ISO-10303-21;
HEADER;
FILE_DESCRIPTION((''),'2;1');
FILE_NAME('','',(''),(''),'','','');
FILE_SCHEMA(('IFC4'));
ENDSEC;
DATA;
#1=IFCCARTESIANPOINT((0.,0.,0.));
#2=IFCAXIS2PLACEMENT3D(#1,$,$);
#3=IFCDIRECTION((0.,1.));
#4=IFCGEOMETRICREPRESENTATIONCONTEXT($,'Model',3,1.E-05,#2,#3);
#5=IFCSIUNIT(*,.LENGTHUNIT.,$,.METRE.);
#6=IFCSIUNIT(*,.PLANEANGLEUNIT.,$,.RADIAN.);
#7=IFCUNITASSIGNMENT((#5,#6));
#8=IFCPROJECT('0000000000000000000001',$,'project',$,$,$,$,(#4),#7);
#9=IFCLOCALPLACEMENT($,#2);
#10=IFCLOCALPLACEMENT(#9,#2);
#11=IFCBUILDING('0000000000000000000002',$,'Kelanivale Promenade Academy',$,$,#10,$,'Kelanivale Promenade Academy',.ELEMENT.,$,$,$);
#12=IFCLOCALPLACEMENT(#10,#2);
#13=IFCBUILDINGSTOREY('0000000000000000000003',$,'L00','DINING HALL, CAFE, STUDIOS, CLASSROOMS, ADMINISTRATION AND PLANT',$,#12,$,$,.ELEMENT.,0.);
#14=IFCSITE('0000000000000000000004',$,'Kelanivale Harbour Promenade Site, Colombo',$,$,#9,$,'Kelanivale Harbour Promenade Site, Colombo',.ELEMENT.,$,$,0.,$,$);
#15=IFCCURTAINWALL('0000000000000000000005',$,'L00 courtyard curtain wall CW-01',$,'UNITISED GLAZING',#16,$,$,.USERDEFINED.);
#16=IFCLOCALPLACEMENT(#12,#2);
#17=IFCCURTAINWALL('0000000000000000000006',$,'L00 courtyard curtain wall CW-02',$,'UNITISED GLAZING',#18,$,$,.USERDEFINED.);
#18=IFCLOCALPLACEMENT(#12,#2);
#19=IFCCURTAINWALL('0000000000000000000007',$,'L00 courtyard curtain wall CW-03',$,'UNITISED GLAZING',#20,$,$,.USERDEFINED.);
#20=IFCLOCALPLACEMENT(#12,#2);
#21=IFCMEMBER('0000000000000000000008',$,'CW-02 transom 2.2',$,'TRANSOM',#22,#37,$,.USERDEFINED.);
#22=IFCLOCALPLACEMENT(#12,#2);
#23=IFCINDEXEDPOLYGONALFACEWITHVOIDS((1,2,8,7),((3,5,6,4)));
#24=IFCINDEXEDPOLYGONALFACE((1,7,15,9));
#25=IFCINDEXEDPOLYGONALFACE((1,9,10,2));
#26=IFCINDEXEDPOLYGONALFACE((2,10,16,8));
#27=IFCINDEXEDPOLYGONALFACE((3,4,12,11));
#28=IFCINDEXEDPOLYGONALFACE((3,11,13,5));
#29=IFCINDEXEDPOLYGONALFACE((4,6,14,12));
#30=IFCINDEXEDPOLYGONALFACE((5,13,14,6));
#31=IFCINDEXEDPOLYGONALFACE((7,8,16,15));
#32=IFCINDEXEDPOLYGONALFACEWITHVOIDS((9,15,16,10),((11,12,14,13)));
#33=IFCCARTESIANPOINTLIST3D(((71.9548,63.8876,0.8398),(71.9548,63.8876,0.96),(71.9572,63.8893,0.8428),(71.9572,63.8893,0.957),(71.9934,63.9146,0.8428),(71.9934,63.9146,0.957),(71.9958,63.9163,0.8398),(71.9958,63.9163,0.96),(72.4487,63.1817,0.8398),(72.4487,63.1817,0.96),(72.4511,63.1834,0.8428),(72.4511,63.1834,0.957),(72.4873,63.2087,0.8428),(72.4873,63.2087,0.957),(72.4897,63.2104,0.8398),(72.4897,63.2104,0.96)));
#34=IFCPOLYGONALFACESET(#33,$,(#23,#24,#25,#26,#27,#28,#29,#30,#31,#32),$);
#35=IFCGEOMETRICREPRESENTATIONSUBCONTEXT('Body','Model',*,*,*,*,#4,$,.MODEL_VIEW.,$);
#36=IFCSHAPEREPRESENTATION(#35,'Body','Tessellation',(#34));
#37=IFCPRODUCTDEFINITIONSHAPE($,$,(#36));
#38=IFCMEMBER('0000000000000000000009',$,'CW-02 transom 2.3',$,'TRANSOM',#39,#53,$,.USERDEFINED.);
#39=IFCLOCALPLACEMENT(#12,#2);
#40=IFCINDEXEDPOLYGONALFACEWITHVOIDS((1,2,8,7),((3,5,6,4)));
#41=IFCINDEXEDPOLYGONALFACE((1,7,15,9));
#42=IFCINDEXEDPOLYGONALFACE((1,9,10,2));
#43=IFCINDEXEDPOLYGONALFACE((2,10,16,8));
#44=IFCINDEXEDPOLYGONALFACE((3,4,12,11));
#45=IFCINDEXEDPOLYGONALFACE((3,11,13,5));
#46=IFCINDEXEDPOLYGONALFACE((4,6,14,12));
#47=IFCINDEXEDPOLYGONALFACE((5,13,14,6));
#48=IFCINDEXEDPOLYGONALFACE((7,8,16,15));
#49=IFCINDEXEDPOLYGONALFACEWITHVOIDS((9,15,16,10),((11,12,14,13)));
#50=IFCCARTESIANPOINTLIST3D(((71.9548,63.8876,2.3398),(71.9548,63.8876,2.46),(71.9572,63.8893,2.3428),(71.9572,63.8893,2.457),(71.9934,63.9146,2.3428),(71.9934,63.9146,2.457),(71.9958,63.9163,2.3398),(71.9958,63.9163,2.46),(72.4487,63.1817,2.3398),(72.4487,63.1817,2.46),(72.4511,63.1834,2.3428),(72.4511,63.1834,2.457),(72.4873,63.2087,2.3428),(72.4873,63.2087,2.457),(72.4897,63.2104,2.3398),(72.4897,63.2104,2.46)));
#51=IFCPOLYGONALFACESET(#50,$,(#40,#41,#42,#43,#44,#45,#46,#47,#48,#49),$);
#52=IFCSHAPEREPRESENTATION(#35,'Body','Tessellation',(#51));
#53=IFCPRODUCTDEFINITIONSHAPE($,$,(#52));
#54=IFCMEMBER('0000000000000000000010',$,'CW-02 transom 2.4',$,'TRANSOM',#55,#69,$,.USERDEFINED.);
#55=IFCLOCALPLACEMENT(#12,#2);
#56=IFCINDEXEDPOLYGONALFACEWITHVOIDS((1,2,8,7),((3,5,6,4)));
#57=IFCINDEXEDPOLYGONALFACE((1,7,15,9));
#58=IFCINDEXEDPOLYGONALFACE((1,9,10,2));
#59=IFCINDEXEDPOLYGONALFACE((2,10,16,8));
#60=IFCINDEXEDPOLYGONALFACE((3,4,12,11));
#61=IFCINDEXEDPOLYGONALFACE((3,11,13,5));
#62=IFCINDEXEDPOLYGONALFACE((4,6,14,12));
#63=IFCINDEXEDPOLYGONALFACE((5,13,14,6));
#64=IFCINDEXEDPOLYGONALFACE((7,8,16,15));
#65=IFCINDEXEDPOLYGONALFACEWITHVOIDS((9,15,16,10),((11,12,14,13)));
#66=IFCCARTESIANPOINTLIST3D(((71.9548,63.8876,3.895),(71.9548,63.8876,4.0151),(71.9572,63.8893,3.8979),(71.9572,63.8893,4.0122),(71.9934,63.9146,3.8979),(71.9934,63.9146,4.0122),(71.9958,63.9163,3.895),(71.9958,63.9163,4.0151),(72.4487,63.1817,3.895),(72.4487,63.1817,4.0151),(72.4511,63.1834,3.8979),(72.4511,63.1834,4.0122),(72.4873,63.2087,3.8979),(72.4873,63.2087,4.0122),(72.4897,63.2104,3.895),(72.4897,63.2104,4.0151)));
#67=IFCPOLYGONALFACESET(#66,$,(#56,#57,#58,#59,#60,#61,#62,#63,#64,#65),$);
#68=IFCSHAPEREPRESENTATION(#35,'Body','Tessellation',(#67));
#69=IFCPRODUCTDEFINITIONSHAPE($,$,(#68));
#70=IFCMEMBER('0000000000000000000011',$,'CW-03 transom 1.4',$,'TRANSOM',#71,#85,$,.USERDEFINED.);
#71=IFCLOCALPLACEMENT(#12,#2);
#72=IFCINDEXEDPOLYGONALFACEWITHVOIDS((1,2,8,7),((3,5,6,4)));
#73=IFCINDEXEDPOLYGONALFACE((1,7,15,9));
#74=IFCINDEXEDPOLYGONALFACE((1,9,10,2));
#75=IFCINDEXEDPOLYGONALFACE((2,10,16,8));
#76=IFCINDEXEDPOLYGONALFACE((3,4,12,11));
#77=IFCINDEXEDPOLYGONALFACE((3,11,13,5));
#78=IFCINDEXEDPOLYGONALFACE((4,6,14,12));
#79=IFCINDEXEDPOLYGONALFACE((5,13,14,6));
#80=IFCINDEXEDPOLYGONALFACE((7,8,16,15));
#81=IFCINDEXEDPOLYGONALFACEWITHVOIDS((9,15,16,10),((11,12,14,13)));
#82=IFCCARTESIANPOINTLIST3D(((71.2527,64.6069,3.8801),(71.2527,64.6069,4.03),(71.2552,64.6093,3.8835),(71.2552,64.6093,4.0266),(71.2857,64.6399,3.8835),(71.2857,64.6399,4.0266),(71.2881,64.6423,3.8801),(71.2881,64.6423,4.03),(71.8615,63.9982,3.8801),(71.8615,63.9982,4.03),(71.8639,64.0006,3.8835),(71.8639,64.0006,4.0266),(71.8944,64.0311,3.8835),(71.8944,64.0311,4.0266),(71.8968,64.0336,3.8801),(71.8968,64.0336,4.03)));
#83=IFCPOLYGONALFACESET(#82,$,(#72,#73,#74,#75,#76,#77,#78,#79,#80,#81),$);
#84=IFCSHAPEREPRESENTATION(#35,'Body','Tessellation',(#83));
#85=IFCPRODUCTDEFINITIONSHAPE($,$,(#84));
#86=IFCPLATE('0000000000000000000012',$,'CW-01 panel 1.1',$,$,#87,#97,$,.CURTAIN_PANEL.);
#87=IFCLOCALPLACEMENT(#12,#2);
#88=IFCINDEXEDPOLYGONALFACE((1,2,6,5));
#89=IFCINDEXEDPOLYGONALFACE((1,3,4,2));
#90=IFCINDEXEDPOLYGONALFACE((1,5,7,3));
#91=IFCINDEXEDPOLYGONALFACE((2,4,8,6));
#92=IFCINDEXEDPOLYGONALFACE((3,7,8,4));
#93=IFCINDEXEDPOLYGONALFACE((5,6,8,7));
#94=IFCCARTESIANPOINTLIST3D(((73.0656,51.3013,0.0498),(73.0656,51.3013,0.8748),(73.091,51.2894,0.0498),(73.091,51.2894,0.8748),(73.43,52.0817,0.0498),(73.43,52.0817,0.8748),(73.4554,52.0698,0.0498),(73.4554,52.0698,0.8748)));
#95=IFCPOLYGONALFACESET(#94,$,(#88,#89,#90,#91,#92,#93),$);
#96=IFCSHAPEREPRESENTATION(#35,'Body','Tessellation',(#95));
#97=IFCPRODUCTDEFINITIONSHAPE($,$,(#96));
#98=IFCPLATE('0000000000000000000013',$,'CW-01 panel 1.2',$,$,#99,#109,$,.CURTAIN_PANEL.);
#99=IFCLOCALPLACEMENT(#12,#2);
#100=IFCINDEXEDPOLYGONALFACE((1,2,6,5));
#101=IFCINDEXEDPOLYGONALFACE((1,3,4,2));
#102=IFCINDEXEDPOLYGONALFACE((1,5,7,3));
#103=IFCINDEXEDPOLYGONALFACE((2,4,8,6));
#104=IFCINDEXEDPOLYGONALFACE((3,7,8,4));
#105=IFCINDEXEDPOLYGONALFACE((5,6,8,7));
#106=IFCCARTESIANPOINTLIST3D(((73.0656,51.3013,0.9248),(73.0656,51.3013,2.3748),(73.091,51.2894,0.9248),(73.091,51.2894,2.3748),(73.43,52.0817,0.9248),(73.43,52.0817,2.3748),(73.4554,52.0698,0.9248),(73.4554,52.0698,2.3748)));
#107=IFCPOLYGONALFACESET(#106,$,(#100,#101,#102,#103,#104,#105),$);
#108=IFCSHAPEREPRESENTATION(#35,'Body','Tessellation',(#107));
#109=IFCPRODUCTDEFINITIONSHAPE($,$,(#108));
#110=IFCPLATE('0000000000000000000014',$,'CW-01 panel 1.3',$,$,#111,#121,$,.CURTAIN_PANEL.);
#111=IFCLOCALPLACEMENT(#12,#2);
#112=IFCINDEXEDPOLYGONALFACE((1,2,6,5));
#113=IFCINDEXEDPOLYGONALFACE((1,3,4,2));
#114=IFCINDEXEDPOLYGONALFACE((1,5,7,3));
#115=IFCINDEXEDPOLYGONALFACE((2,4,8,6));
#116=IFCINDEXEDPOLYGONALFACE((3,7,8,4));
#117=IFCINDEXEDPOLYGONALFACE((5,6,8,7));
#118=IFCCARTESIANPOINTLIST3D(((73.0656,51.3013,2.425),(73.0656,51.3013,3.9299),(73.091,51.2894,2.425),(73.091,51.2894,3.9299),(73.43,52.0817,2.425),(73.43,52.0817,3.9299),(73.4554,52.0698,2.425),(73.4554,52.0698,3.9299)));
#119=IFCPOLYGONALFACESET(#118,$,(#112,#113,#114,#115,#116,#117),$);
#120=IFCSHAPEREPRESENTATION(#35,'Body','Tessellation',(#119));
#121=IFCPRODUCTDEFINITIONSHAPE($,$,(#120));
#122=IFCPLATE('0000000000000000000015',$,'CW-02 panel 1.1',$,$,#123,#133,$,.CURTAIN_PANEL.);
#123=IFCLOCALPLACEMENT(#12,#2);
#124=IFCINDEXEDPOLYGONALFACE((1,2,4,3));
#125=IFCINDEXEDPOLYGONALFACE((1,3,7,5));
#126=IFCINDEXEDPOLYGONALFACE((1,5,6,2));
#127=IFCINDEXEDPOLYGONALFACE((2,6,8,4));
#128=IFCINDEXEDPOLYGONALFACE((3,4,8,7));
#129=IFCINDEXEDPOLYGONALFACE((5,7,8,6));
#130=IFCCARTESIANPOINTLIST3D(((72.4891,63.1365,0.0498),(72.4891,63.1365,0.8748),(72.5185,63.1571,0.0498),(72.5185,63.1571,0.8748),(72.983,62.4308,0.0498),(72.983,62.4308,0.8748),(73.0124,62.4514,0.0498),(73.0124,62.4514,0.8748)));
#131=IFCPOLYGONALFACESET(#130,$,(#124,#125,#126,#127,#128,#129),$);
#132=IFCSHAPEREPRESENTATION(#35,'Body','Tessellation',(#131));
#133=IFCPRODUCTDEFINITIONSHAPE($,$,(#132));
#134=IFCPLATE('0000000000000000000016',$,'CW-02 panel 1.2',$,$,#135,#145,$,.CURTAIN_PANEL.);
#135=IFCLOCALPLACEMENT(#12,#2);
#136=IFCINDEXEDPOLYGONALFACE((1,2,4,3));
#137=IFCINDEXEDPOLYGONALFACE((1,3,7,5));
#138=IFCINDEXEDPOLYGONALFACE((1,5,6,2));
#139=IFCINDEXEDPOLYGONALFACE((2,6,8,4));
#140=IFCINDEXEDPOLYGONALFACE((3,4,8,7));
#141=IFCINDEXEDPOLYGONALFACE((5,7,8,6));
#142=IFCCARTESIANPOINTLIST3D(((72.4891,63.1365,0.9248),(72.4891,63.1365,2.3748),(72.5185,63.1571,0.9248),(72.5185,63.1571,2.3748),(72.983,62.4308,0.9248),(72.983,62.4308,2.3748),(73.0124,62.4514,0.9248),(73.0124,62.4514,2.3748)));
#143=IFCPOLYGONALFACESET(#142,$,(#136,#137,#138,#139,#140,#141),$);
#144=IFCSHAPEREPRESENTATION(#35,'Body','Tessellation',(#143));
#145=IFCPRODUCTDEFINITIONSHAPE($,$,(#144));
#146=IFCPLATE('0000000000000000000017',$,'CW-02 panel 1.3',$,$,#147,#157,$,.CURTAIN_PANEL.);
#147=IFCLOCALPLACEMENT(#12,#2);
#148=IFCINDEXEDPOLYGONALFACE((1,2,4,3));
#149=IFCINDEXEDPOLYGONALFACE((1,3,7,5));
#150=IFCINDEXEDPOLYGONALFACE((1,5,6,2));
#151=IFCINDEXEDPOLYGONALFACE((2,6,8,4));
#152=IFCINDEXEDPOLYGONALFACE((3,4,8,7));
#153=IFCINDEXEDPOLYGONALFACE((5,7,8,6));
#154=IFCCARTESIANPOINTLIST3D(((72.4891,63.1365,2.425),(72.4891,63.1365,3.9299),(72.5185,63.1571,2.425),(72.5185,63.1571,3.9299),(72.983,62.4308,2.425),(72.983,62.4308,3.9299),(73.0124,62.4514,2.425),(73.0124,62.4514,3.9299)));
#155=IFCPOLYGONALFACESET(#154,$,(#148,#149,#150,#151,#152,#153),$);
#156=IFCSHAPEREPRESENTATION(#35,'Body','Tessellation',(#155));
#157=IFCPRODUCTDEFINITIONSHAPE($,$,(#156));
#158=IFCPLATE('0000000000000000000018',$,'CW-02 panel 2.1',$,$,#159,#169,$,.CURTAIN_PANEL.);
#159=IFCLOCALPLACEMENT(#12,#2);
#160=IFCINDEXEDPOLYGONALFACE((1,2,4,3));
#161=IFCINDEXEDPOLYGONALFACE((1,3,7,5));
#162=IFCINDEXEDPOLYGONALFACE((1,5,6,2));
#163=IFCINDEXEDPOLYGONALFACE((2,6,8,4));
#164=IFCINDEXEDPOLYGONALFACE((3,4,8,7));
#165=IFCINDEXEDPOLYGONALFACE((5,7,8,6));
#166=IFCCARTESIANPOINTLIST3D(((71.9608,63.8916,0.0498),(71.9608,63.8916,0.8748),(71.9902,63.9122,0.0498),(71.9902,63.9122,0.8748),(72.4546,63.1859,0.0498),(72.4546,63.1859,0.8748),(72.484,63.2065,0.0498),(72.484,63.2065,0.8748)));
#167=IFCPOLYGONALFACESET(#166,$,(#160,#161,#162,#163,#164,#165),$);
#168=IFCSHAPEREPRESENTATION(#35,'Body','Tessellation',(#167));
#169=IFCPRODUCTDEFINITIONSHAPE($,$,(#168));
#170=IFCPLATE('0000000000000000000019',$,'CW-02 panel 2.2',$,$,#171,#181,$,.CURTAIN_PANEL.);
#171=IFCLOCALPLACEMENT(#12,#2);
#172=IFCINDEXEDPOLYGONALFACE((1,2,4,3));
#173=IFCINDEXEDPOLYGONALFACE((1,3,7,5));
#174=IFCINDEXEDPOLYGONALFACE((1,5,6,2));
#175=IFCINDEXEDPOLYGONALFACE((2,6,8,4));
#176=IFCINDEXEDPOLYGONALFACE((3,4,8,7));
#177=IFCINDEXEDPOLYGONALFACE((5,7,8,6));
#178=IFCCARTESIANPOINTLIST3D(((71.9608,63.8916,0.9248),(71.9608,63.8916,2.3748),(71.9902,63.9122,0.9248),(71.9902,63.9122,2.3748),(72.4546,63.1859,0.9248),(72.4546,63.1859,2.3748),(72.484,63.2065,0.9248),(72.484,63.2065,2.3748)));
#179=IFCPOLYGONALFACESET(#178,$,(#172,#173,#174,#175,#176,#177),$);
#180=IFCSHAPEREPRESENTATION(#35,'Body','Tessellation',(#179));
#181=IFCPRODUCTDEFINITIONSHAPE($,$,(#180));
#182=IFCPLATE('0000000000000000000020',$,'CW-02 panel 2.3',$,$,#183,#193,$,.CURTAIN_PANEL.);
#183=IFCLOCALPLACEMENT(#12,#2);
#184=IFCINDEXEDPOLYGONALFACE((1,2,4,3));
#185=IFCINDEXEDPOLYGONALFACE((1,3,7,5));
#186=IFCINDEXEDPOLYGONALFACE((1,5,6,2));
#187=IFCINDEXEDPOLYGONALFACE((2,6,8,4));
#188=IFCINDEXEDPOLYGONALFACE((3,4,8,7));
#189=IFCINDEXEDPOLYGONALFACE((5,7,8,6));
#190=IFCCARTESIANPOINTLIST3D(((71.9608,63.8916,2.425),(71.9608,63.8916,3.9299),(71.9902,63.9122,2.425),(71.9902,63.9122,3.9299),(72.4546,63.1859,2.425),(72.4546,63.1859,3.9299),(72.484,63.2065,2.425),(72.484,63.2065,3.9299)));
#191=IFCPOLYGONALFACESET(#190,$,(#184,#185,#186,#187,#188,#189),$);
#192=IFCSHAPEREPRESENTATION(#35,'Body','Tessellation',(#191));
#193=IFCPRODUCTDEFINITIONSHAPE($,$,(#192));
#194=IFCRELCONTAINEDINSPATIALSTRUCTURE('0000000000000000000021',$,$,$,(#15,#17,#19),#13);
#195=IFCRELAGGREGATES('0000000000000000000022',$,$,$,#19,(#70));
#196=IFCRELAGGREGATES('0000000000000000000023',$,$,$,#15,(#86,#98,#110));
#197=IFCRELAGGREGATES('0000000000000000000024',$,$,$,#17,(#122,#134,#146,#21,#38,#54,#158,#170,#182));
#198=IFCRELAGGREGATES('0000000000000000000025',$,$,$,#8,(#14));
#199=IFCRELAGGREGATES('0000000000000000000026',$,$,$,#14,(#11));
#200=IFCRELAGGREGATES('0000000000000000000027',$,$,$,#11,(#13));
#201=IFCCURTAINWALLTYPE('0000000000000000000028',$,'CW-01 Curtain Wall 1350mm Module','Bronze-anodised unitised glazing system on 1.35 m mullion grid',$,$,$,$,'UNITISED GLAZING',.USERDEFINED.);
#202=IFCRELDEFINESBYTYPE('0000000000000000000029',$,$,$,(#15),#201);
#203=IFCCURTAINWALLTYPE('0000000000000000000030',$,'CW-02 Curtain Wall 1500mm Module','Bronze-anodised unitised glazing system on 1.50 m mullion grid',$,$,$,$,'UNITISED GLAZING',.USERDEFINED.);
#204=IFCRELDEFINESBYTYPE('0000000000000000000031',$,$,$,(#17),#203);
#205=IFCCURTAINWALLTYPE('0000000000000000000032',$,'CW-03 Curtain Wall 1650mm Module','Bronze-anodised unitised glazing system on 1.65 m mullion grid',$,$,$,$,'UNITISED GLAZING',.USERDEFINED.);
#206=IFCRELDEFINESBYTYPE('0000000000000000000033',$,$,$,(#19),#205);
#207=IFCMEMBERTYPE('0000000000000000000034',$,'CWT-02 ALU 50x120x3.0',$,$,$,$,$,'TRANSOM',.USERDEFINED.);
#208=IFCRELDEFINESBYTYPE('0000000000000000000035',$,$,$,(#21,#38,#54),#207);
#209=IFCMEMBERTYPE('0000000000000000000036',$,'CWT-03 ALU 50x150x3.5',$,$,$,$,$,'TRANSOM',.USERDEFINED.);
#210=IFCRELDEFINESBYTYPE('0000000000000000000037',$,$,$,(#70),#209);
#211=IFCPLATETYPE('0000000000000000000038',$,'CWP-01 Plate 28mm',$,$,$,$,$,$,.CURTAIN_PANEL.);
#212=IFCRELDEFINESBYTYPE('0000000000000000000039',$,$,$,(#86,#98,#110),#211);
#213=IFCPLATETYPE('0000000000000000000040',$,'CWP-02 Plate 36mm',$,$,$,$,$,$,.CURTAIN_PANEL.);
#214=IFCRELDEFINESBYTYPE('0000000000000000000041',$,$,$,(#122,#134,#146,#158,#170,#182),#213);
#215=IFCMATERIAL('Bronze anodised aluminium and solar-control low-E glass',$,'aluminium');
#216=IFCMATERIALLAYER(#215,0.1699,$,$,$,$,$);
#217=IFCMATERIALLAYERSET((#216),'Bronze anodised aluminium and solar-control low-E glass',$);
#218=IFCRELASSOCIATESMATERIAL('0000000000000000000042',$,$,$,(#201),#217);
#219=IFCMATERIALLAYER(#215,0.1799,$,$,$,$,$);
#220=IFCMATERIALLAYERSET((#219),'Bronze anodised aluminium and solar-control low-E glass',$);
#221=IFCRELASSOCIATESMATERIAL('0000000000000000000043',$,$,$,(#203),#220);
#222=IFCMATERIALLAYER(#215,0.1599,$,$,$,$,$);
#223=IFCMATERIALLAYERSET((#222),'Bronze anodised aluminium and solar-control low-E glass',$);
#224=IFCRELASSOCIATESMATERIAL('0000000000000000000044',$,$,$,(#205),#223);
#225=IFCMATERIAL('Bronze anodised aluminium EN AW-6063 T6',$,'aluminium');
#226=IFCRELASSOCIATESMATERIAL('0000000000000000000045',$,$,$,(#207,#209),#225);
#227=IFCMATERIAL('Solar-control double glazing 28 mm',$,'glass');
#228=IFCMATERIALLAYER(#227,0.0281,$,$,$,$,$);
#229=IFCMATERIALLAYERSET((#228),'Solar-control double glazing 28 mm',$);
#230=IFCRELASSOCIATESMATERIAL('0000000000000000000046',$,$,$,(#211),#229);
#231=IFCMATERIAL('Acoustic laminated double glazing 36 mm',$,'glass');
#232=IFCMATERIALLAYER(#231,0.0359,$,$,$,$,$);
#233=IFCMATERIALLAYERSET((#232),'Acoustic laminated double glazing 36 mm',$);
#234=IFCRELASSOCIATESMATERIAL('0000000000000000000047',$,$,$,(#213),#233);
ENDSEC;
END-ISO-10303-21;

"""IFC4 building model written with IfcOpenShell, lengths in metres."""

from ifc_helpers import new_model, si_unit, direction, frame, origin, origin_2d, place, context, subcontext, project, spatial, rectangle, hollow_rectangle, extrude, material, layer, layer_set, material_profile, profile_set, type_object, element, aggregate, save


model = new_model("IFC4")

# Units and contexts
model_context = context("Model", 3, precision=1e-05, world=origin(), true_north=direction((0.0, 1.0)))
body_context = subcontext(model_context, "Body", "Model", "MODEL_VIEW")
ifc_project = project(units=[si_unit("LENGTHUNIT", "METRE"), si_unit("PLANEANGLEUNIT", "RADIAN")], contexts=[model_context])

# Site, building, storey
site_placement = place(None, origin())
site = spatial("IfcSite", under=ifc_project, at=site_placement, Name="Kelanivale Harbour Promenade Site, Colombo", LongName="Kelanivale Harbour Promenade Site, Colombo", CompositionType="ELEMENT", RefElevation=0.0)
building_placement = place(site_placement, origin())
building = spatial("IfcBuilding", under=site, at=building_placement, Name="Kelanivale Promenade Academy", LongName="Kelanivale Promenade Academy", CompositionType="ELEMENT")
storey_placement = place(building_placement, origin())
storey = spatial("IfcBuildingStorey", under=building, at=storey_placement, Name="L00", Description="DINING HALL, CAFE, STUDIOS, CLASSROOMS, ADMINISTRATION AND PLANT", CompositionType="ELEMENT", Elevation=0.0)

# Curtain wall
ifc_material_1 = material(Name="Bronze anodised aluminium and solar-control low-E glass", Category="aluminium")
ifc_layer_1 = layer(ifc_material_1, 0.1699)
ifc_layer_set_1 = layer_set([ifc_layer_1], Name="Bronze anodised aluminium and solar-control low-E glass")
curtain_wall_type_1 = type_object("IfcCurtainWallType", Name="CW-01 Curtain Wall 1350mm Module", Description="Bronze-anodised unitised glazing system on 1.35 m mullion grid", ElementType="UNITISED GLAZING", PredefinedType="USERDEFINED", material=ifc_layer_set_1)
curtain_wall_1_placement = place(storey_placement, origin())
curtain_wall_1 = element("IfcCurtainWall", 1, at=curtain_wall_1_placement, inside=storey, type_object=curtain_wall_type_1, Name="L00 courtyard curtain wall CW-01", ObjectType="UNITISED GLAZING", PredefinedType="USERDEFINED")
ifc_material_2 = material(Name="Bronze anodised aluminium EN AW-6063 T6", Category="aluminium")

# Curtain wall
ifc_layer_2 = layer(ifc_material_1, 0.1799)
ifc_layer_set_2 = layer_set([ifc_layer_2], Name="Bronze anodised aluminium and solar-control low-E glass")
curtain_wall_type_2 = type_object("IfcCurtainWallType", Name="CW-02 Curtain Wall 1500mm Module", Description="Bronze-anodised unitised glazing system on 1.50 m mullion grid", ElementType="UNITISED GLAZING", PredefinedType="USERDEFINED", material=ifc_layer_set_2)
curtain_wall_2_placement = place(storey_placement, origin())
curtain_wall_2 = element("IfcCurtainWall", 2, at=curtain_wall_2_placement, inside=storey, type_object=curtain_wall_type_2, Name="L00 courtyard curtain wall CW-02", ObjectType="UNITISED GLAZING", PredefinedType="USERDEFINED")

# Curtain wall
ifc_layer_3 = layer(ifc_material_1, 0.1599)
ifc_layer_set_3 = layer_set([ifc_layer_3], Name="Bronze anodised aluminium and solar-control low-E glass")
curtain_wall_type_3 = type_object("IfcCurtainWallType", Name="CW-03 Curtain Wall 1650mm Module", Description="Bronze-anodised unitised glazing system on 1.65 m mullion grid", ElementType="UNITISED GLAZING", PredefinedType="USERDEFINED", material=ifc_layer_set_3)
curtain_wall_3_placement = place(storey_placement, origin())
curtain_wall_3 = element("IfcCurtainWall", 3, at=curtain_wall_3_placement, inside=storey, type_object=curtain_wall_type_3, Name="L00 courtyard curtain wall CW-03", ObjectType="UNITISED GLAZING", PredefinedType="USERDEFINED")

# Members
ifc_material_profile_1 = material_profile(ifc_material_2, hollow_rectangle(XDim=0.05, YDim=0.1201, WallThickness=0.0029, at=origin_2d()), Name="ALU 50x120x3.0")
ifc_profile_set_1 = profile_set([ifc_material_profile_1], Name="Bronze anodised aluminium EN AW-6063 T6")
member_type_1 = type_object("IfcMemberType", Name="CWT-02 ALU 50x120x3.0", ElementType="TRANSOM", PredefinedType="USERDEFINED", material=ifc_profile_set_1)
member_1_placement = place(storey_placement, frame((72.4692, 63.196, 0.8999), z_axis=(-0.573329, 0.819325, 0.0), x_axis=(-0.819325, -0.573329, 0.0)))
member_1 = element("IfcMember", 4, at=member_1_placement, type_object=member_type_1, Name="CW-02 transom 2.2", ObjectType="TRANSOM", PredefinedType="USERDEFINED", context=body_context, shape_type="SweptSolid", body=[
    extrude(hollow_rectangle(XDim=0.05, YDim=0.1201, WallThickness=0.0029, at=origin_2d()), origin(), (0.0, 0.0, 1.0), 0.8616),
])
member_2_placement = place(storey_placement, frame((72.4692, 63.196, 2.3999), z_axis=(-0.573329, 0.819325, 0.0), x_axis=(-0.819325, -0.573329, 0.0)))
member_2 = element("IfcMember", 5, at=member_2_placement, type_object=member_type_1, Name="CW-02 transom 2.3", ObjectType="TRANSOM", PredefinedType="USERDEFINED", context=body_context, shape_type="SweptSolid", body=[
    extrude(hollow_rectangle(XDim=0.05, YDim=0.1201, WallThickness=0.0029, at=origin_2d()), origin(), (0.0, 0.0, 1.0), 0.8616),
])
member_3_placement = place(storey_placement, frame((72.4692, 63.196, 3.9551), z_axis=(-0.573329, 0.819325, 0.0), x_axis=(-0.819325, -0.573329, 0.0)))
member_3 = element("IfcMember", 6, at=member_3_placement, type_object=member_type_1, Name="CW-02 transom 2.4", ObjectType="TRANSOM", PredefinedType="USERDEFINED", context=body_context, shape_type="SweptSolid", body=[
    extrude(hollow_rectangle(XDim=0.05, YDim=0.1201, WallThickness=0.0029, at=origin_2d()), origin(), (0.0, 0.0, 1.0), 0.8616),
])
ifc_material_profile_2 = material_profile(ifc_material_2, hollow_rectangle(XDim=0.05, YDim=0.1499, WallThickness=0.0034, at=origin_2d()), Name="ALU 50x150x3.5")
ifc_profile_set_2 = profile_set([ifc_material_profile_2], Name="Bronze anodised aluminium EN AW-6063 T6")
member_type_2 = type_object("IfcMemberType", Name="CWT-03 ALU 50x150x3.5", ElementType="TRANSOM", PredefinedType="USERDEFINED", material=ifc_profile_set_2)
member_4_placement = place(storey_placement, frame((71.8792, 64.0159, 3.9551), z_axis=(-0.707107, 0.707107, 0.0), x_axis=(-0.707107, -0.707107, 0.0)))
member_4 = element("IfcMember", 7, at=member_4_placement, type_object=member_type_2, Name="CW-03 transom 1.4", ObjectType="TRANSOM", PredefinedType="USERDEFINED", context=body_context, shape_type="SweptSolid", body=[
    extrude(hollow_rectangle(XDim=0.05, YDim=0.1499, WallThickness=0.0034, at=origin_2d()), origin(), (0.0, 0.0, 1.0), 0.8608),
])
aggregate(curtain_wall_3, [member_4])

# Plates
ifc_material_3 = material(Name="Solar-control double glazing 28 mm", Category="glass")
ifc_layer_4 = layer(ifc_material_3, 0.0281)
ifc_layer_set_4 = layer_set([ifc_layer_4], Name="Solar-control double glazing 28 mm")
plate_type_1 = type_object("IfcPlateType", Name="CWP-01 Plate 28mm", PredefinedType="CURTAIN_PANEL", material=ifc_layer_set_4)
plate_1_placement = place(storey_placement, frame((73.2605, 51.6855, 0.0498), z_axis=(0.0, 0.0, 1.0), x_axis=(0.423087, 0.906089, 0.0)))
plate_1 = element("IfcPlate", 8, at=plate_1_placement, type_object=plate_type_1, Name="CW-01 panel 1.1", PredefinedType="CURTAIN_PANEL", context=body_context, shape_type="SweptSolid", body=[
    extrude(rectangle(XDim=0.8613, YDim=0.0281, at=origin_2d()), origin(), (0.0, 0.0, 1.0), 0.825),
])
plate_2_placement = place(storey_placement, frame((73.2605, 51.6855, 0.9248), z_axis=(0.0, 0.0, 1.0), x_axis=(0.423087, 0.906089, 0.0)))
plate_2 = element("IfcPlate", 9, at=plate_2_placement, type_object=plate_type_1, Name="CW-01 panel 1.2", PredefinedType="CURTAIN_PANEL", context=body_context, shape_type="SweptSolid", body=[
    extrude(rectangle(XDim=0.8613, YDim=0.0281, at=origin_2d()), origin(), (0.0, 0.0, 1.0), 1.45),
])
plate_3_placement = place(storey_placement, frame((73.2605, 51.6855, 2.425), z_axis=(0.0, 0.0, 1.0), x_axis=(0.423087, 0.906089, 0.0)))
plate_3 = element("IfcPlate", 10, at=plate_3_placement, type_object=plate_type_1, Name="CW-01 panel 1.3", PredefinedType="CURTAIN_PANEL", context=body_context, shape_type="SweptSolid", body=[
    extrude(rectangle(XDim=0.8613, YDim=0.0281, at=origin_2d()), origin(), (0.0, 0.0, 1.0), 1.5049),
])
aggregate(curtain_wall_1, [plate_1, plate_2, plate_3])
ifc_material_4 = material(Name="Acoustic laminated double glazing 36 mm", Category="glass")
ifc_layer_5 = layer(ifc_material_4, 0.0359)
ifc_layer_set_5 = layer_set([ifc_layer_5], Name="Acoustic laminated double glazing 36 mm")
plate_type_2 = type_object("IfcPlateType", Name="CWP-02 Plate 36mm", PredefinedType="CURTAIN_PANEL", material=ifc_layer_set_5)
plate_4_placement = place(storey_placement, frame((72.7507, 62.7939, 0.0498), z_axis=(0.0, 0.0, 1.0), x_axis=(-0.573357, 0.819306, 0.0)))
plate_4 = element("IfcPlate", 11, at=plate_4_placement, type_object=plate_type_2, Name="CW-02 panel 1.1", PredefinedType="CURTAIN_PANEL", context=body_context, shape_type="SweptSolid", body=[
    extrude(rectangle(XDim=0.8613, YDim=0.0359, at=origin_2d()), origin(), (0.0, 0.0, 1.0), 0.825),
])
plate_5_placement = place(storey_placement, frame((72.7507, 62.7939, 0.9248), z_axis=(0.0, 0.0, 1.0), x_axis=(-0.573357, 0.819306, 0.0)))
plate_5 = element("IfcPlate", 12, at=plate_5_placement, type_object=plate_type_2, Name="CW-02 panel 1.2", PredefinedType="CURTAIN_PANEL", context=body_context, shape_type="SweptSolid", body=[
    extrude(rectangle(XDim=0.8613, YDim=0.0359, at=origin_2d()), origin(), (0.0, 0.0, 1.0), 1.45),
])
plate_6_placement = place(storey_placement, frame((72.7507, 62.7939, 2.425), z_axis=(0.0, 0.0, 1.0), x_axis=(-0.573357, 0.819306, 0.0)))
plate_6 = element("IfcPlate", 13, at=plate_6_placement, type_object=plate_type_2, Name="CW-02 panel 1.3", PredefinedType="CURTAIN_PANEL", context=body_context, shape_type="SweptSolid", body=[
    extrude(rectangle(XDim=0.8613, YDim=0.0359, at=origin_2d()), origin(), (0.0, 0.0, 1.0), 1.5049),
])
plate_7_placement = place(storey_placement, frame((72.2224, 63.5491, 0.0498), z_axis=(0.0, 0.0, 1.0), x_axis=(-0.573357, 0.819306, 0.0)))
plate_7 = element("IfcPlate", 14, at=plate_7_placement, type_object=plate_type_2, Name="CW-02 panel 2.1", PredefinedType="CURTAIN_PANEL", context=body_context, shape_type="SweptSolid", body=[
    extrude(rectangle(XDim=0.8613, YDim=0.0359, at=origin_2d()), origin(), (0.0, 0.0, 1.0), 0.825),
])
plate_8_placement = place(storey_placement, frame((72.2224, 63.5491, 0.9248), z_axis=(0.0, 0.0, 1.0), x_axis=(-0.573357, 0.819306, 0.0)))
plate_8 = element("IfcPlate", 15, at=plate_8_placement, type_object=plate_type_2, Name="CW-02 panel 2.2", PredefinedType="CURTAIN_PANEL", context=body_context, shape_type="SweptSolid", body=[
    extrude(rectangle(XDim=0.8613, YDim=0.0359, at=origin_2d()), origin(), (0.0, 0.0, 1.0), 1.45),
])
plate_9_placement = place(storey_placement, frame((72.2224, 63.5491, 2.425), z_axis=(0.0, 0.0, 1.0), x_axis=(-0.573357, 0.819306, 0.0)))
plate_9 = element("IfcPlate", 16, at=plate_9_placement, type_object=plate_type_2, Name="CW-02 panel 2.3", PredefinedType="CURTAIN_PANEL", context=body_context, shape_type="SweptSolid", body=[
    extrude(rectangle(XDim=0.8613, YDim=0.0359, at=origin_2d()), origin(), (0.0, 0.0, 1.0), 1.5049),
])
aggregate(curtain_wall_2, [plate_4, plate_5, plate_6, member_1, member_2, member_3, plate_7, plate_8, plate_9])

save(model, "model.ifc")
